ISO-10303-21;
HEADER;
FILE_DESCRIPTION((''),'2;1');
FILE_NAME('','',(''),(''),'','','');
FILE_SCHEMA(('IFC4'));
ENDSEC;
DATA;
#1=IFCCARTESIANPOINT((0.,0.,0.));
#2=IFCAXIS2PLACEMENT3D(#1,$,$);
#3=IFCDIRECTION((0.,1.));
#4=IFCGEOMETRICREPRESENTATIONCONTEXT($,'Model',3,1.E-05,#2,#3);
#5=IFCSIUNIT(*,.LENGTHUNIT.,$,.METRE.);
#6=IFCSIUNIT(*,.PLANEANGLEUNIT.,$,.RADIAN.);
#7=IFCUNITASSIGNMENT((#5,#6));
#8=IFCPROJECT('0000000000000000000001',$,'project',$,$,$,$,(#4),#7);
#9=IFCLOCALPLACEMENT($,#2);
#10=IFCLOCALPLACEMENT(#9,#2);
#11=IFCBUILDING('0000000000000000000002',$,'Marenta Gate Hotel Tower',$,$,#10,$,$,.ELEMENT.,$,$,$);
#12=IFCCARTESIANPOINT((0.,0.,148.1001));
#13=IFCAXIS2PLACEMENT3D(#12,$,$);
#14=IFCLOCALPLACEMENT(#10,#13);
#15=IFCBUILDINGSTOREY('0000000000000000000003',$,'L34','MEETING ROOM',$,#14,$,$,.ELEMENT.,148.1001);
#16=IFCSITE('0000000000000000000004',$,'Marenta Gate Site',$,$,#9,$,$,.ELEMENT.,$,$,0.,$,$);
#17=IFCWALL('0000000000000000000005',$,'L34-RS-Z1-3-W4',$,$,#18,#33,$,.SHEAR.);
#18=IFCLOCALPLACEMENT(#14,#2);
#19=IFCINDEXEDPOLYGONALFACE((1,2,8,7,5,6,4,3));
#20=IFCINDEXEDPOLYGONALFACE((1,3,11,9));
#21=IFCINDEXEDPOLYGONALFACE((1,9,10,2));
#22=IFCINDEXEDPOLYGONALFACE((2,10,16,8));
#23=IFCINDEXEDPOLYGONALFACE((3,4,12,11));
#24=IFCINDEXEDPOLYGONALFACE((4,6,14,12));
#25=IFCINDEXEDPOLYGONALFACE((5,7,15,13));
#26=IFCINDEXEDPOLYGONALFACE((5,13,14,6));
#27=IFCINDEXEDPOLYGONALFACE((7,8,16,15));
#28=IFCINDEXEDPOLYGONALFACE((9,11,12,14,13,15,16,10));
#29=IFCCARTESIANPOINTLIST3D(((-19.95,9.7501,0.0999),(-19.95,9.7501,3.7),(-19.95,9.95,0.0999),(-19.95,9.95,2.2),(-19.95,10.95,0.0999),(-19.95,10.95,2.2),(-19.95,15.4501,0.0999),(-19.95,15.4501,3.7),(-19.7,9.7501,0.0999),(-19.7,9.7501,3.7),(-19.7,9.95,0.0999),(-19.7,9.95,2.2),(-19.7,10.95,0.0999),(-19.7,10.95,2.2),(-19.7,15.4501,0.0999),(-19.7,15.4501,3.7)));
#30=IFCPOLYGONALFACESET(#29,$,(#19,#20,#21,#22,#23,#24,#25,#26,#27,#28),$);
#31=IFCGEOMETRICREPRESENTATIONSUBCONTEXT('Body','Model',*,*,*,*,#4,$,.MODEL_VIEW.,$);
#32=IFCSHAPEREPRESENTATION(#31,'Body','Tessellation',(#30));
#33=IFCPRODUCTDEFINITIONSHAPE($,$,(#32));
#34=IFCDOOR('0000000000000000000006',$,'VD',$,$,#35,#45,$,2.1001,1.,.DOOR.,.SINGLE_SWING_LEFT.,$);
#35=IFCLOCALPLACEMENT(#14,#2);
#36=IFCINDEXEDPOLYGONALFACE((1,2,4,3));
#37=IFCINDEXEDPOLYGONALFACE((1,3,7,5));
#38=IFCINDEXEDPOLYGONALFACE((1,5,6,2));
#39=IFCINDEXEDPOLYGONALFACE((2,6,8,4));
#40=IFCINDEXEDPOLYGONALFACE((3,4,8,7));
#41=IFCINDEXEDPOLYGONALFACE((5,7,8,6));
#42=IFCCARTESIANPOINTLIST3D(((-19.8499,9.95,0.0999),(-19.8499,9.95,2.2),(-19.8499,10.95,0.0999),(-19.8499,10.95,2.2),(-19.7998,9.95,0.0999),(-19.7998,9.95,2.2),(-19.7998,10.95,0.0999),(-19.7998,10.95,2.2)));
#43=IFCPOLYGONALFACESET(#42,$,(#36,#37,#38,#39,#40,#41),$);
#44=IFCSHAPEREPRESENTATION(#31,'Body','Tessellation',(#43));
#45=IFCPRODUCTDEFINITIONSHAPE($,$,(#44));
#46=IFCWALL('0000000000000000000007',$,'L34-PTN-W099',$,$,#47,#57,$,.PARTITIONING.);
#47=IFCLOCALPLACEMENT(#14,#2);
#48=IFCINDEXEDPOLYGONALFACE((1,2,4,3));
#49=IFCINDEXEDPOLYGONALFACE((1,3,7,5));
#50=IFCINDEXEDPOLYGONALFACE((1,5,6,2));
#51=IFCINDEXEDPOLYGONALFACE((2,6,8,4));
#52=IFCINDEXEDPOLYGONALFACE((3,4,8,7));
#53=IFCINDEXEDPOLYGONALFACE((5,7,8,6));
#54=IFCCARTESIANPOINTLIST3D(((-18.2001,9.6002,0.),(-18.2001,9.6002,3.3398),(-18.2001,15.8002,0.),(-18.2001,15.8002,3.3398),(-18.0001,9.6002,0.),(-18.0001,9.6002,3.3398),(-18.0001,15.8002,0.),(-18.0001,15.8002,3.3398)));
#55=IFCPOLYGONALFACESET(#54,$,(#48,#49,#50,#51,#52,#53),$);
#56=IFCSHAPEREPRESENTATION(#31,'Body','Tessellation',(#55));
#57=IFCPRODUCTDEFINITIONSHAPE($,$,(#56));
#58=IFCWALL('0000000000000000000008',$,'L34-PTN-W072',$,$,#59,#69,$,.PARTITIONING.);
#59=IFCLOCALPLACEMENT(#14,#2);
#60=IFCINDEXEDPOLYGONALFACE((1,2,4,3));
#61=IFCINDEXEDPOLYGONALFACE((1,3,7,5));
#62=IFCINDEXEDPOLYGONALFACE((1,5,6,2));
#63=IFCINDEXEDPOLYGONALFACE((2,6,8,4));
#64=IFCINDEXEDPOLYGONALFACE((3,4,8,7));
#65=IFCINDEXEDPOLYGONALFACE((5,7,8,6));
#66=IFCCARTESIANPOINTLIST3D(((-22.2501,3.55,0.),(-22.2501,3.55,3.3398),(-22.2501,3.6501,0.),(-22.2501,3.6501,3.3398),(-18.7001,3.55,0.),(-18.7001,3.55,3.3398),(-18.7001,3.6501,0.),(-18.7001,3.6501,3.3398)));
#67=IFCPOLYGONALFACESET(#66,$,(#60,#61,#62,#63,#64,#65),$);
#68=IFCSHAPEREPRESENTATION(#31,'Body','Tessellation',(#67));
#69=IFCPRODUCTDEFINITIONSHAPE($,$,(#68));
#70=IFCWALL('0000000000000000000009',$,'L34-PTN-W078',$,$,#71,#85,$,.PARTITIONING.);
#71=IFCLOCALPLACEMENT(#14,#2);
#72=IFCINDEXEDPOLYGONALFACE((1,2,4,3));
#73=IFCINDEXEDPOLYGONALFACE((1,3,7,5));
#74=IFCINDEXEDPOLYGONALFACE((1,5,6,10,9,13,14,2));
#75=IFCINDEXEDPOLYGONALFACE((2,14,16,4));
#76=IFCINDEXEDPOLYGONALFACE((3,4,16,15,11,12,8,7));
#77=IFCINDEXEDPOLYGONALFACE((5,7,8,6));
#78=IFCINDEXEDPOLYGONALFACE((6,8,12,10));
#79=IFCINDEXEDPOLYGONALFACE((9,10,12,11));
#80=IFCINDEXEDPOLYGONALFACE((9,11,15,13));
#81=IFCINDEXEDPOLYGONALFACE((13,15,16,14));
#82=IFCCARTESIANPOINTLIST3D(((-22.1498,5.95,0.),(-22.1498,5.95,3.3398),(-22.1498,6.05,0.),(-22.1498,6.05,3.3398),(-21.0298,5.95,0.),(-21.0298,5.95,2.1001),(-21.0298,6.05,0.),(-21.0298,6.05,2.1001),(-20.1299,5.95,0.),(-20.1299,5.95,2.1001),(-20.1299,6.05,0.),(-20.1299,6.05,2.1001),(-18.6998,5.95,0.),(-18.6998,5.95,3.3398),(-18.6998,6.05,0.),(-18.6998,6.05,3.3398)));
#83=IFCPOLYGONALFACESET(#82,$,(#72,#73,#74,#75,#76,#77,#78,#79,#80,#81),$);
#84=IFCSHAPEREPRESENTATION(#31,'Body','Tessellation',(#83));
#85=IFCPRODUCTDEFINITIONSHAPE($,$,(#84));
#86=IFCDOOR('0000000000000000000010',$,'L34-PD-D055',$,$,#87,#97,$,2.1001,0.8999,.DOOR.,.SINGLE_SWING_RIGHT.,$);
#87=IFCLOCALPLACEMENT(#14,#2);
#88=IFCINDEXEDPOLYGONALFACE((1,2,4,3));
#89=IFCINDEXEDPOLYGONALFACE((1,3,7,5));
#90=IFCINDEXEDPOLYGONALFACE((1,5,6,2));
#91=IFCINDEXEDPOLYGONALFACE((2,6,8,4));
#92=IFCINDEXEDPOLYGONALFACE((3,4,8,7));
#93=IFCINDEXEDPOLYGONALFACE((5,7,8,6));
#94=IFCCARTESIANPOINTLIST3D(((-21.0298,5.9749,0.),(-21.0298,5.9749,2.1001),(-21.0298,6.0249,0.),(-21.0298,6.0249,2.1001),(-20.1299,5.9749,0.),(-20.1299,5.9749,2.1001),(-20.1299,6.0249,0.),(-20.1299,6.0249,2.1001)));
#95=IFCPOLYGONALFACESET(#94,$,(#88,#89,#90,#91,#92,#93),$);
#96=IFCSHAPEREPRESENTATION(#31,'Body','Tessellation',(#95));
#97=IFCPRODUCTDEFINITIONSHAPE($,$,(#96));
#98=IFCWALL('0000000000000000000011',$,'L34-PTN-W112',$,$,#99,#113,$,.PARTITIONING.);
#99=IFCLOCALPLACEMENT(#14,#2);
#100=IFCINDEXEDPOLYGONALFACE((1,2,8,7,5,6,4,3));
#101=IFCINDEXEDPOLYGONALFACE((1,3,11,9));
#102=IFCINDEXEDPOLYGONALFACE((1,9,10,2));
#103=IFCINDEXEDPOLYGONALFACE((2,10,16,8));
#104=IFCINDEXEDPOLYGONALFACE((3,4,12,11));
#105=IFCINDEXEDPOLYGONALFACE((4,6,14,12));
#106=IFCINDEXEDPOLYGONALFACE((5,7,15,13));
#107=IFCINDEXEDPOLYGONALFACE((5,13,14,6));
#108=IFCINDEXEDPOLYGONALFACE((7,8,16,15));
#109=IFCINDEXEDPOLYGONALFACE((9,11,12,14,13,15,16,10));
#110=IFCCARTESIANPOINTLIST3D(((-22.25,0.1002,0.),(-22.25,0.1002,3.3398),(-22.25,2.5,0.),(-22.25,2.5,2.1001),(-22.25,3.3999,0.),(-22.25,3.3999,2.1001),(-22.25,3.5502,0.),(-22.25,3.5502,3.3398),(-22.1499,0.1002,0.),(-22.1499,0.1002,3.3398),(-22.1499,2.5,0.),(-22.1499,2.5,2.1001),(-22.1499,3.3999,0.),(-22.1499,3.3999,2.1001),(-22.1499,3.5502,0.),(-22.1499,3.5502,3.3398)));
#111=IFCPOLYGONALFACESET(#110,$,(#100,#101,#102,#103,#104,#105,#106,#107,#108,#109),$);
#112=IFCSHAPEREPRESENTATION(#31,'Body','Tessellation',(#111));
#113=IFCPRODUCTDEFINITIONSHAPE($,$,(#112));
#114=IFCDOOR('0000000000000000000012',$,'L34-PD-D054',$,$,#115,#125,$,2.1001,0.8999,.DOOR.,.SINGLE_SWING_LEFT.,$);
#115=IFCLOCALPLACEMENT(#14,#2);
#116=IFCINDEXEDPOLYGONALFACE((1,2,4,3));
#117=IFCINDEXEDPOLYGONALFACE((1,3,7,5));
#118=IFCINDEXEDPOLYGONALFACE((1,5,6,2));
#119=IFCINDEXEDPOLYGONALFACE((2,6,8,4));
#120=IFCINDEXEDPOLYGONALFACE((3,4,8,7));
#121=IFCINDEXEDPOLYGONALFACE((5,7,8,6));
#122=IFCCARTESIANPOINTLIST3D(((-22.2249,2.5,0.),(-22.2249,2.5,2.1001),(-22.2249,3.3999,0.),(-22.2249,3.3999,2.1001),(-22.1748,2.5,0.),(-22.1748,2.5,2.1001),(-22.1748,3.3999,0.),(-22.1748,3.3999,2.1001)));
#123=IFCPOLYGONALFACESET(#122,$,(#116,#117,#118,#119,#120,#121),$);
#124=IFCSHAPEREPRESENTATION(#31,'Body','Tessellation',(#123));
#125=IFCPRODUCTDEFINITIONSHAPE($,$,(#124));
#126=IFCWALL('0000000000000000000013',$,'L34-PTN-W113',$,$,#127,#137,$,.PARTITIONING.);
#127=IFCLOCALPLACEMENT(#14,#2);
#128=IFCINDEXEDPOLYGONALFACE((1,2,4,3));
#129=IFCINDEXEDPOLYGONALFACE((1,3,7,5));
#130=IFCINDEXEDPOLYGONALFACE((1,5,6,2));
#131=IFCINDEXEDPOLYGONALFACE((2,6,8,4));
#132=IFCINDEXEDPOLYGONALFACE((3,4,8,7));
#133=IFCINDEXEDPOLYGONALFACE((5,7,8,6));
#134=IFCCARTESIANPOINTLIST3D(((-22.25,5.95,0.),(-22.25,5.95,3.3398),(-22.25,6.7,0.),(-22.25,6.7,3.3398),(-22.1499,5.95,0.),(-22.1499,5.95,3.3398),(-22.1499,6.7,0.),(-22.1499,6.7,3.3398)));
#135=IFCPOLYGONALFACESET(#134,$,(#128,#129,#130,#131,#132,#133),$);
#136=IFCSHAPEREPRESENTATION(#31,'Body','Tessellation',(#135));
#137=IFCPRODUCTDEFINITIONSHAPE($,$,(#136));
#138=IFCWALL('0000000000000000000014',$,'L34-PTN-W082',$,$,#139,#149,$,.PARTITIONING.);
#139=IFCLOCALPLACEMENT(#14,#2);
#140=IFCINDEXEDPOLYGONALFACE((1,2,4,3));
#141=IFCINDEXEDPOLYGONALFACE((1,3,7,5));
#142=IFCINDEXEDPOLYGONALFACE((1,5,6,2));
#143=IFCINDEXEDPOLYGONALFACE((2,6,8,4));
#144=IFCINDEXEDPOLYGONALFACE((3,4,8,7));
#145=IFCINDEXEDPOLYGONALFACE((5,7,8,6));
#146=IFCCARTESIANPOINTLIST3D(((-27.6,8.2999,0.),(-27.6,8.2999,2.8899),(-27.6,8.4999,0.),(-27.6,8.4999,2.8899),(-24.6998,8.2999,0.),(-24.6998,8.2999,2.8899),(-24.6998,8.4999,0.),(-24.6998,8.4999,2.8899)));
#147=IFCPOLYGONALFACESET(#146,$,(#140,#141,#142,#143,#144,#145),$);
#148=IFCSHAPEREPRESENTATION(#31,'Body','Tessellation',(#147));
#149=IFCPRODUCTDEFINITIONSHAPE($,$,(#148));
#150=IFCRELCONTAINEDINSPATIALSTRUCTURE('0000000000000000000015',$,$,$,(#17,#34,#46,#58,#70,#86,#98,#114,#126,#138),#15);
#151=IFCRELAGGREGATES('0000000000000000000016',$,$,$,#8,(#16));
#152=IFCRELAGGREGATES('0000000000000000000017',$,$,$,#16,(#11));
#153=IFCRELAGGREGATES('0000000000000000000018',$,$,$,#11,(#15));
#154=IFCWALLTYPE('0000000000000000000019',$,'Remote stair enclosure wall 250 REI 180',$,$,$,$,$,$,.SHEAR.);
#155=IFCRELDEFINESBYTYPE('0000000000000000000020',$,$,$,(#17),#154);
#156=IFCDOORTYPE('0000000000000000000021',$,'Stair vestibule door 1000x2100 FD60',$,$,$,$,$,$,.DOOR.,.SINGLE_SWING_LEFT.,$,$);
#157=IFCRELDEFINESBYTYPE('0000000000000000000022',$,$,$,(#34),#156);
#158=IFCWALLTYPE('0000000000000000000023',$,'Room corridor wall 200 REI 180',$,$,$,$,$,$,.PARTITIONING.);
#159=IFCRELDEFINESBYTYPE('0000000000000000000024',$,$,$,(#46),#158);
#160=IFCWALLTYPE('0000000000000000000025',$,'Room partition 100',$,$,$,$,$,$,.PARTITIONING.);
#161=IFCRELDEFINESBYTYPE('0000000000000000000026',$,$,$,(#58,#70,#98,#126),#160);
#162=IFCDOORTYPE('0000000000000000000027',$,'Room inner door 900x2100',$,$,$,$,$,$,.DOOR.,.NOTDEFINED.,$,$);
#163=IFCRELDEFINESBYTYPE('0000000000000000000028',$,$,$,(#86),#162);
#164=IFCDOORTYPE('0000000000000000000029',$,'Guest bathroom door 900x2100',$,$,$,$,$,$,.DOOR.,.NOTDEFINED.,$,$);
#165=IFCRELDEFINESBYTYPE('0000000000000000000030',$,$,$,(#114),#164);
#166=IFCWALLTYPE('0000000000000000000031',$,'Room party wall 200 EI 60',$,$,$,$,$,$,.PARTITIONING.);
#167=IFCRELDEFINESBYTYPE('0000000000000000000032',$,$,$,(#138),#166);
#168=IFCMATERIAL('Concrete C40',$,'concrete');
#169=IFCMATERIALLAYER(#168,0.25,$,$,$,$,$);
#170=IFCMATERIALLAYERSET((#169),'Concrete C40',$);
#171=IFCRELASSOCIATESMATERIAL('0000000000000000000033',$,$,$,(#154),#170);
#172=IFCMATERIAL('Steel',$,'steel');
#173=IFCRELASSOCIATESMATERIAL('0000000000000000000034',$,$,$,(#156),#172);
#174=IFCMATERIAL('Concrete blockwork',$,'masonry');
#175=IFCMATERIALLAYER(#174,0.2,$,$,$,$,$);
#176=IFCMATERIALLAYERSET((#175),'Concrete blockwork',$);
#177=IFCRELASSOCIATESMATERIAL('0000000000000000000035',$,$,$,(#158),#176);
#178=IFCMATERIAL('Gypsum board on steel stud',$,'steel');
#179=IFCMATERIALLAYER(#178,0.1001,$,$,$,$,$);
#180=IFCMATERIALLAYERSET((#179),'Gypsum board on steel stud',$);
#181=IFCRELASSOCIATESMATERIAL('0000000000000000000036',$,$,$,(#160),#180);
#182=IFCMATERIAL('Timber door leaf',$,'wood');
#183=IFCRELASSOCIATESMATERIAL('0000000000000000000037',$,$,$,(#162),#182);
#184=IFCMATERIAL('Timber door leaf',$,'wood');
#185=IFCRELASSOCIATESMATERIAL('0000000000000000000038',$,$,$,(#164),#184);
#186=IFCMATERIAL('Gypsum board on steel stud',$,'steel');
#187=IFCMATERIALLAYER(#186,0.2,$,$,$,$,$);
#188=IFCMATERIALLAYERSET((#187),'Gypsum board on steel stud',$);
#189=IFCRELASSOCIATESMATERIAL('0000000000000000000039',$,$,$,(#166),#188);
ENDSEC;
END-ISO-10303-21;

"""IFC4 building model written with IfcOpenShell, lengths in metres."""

from ifc_helpers import new_model, si_unit, direction, frame, frame_2d, origin, place, context, subcontext, project, spatial, rectangle, extrude, material, layer, layer_set, type_object, element, fill, save


model = new_model("IFC4")

# Units and contexts
model_context = context("Model", 3, precision=1e-05, world=origin(), true_north=direction((0.0, 1.0)))
body_context = subcontext(model_context, "Body", "Model", "MODEL_VIEW")
ifc_project = project(units=[si_unit("LENGTHUNIT", "METRE"), si_unit("PLANEANGLEUNIT", "RADIAN")], contexts=[model_context])

# Site, building, storey
site_placement = place(None, origin())
site = spatial("IfcSite", under=ifc_project, at=site_placement, Name="Marenta Gate Site", CompositionType="ELEMENT", RefElevation=0.0)
building_placement = place(site_placement, origin())
building = spatial("IfcBuilding", under=site, at=building_placement, Name="Marenta Gate Hotel Tower", CompositionType="ELEMENT")
storey_placement = place(building_placement, frame((0.0, 0.0, 148.1001)))
storey = spatial("IfcBuildingStorey", under=building, at=storey_placement, Name="L34", Description="MEETING ROOM", CompositionType="ELEMENT", Elevation=148.1001)

# Shared definitions
ifc_material_1 = material(Name="Concrete C40", Category="concrete")
ifc_layer_1 = layer(ifc_material_1, 0.25)
ifc_layer_set_1 = layer_set([ifc_layer_1], Name="Concrete C40")
wall_type_1 = type_object("IfcWallType", Name="Remote stair enclosure wall 250 REI 180", PredefinedType="SHEAR", material=ifc_layer_set_1)

# Wall, opening, door
wall_1_placement = place(storey_placement, frame((-19.825, 9.75, 0.0999), z_axis=(0.0, 0.0, 1.0), x_axis=(0.0, 1.0, 0.0)))
wall_1 = element("IfcWall", 1, at=wall_1_placement, inside=storey, type_object=wall_type_1, Name="L34-RS-Z1-3-W4", PredefinedType="SHEAR", context=body_context, shape_type="SweptSolid", body=[
    extrude(rectangle(XDim=5.7, YDim=0.25, at=frame_2d((2.8501, 0.0))), origin(), (0.0, 0.0, 1.0), 3.6001),
])
opening_1_placement = place(wall_1_placement, frame((0.2, 0.0, 0.0)))
opening_1 = element("IfcOpeningElement", 2, at=opening_1_placement, cuts=wall_1, PredefinedType="OPENING", context=body_context, shape_type="SweptSolid", body=[
    extrude(rectangle(XDim=1.0, YDim=2.1001, at=frame_2d((0.5, 1.05))), frame((0.0, 0.125, 0.0), z_axis=(0.0, -1.0, 0.0), x_axis=(1.0, 0.0, 0.0)), (0.0, 0.0, 1.0), 0.25),
])
ifc_material_2 = material(Name="Steel", Category="steel")
door_type_1 = type_object("IfcDoorType", Name="Stair vestibule door 1000x2100 FD60", OperationType="SINGLE_SWING_LEFT", PredefinedType="DOOR", material=ifc_material_2)
door_1_placement = place(opening_1_placement, origin())
door_1 = element("IfcDoor", 3, at=door_1_placement, inside=storey, type_object=door_type_1, Name="VD", OperationType="SINGLE_SWING_LEFT", OverallHeight=2.1001, OverallWidth=1.0, PredefinedType="DOOR", context=body_context, shape_type="SweptSolid", body=[
    extrude(rectangle(XDim=1.0, YDim=2.1001, at=frame_2d((0.5, 1.05))), frame((0.0, 0.0249, 0.0), z_axis=(0.0, -1.0, 0.0), x_axis=(1.0, 0.0, 0.0)), (0.0, 0.0, 1.0), 0.05),
])
fill(opening_1, door_1)
ifc_material_3 = material(Name="Concrete blockwork", Category="masonry")
ifc_layer_2 = layer(ifc_material_3, 0.2)
ifc_layer_set_2 = layer_set([ifc_layer_2], Name="Concrete blockwork")
wall_type_2 = type_object("IfcWallType", Name="Room corridor wall 200 REI 180", PredefinedType="PARTITIONING", material=ifc_layer_set_2)

# Walls
wall_2_placement = place(storey_placement, frame((-18.1001, 9.6001, 0.0), z_axis=(0.0, 0.0, 1.0), x_axis=(0.0, 1.0, 0.0)))
element("IfcWall", 4, at=wall_2_placement, inside=storey, type_object=wall_type_2, Name="L34-PTN-W099", PredefinedType="PARTITIONING", context=body_context, shape_type="SweptSolid", body=[
    extrude(rectangle(XDim=6.2, YDim=0.2, at=frame_2d((3.1001, 0.0))), origin(), (0.0, 0.0, 1.0), 3.3398),
])
ifc_material_4 = material(Name="Gypsum board on steel stud", Category="steel")
ifc_layer_3 = layer(ifc_material_4, 0.1001)
ifc_layer_set_3 = layer_set([ifc_layer_3], Name="Gypsum board on steel stud")
wall_type_3 = type_object("IfcWallType", Name="Room partition 100", PredefinedType="PARTITIONING", material=ifc_layer_set_3)
wall_3_placement = place(storey_placement, frame((-22.25, 3.6001, 0.0), z_axis=(0.0, 0.0, 1.0), x_axis=(1.0, 0.0, 0.0)))
element("IfcWall", 5, at=wall_3_placement, inside=storey, type_object=wall_type_3, Name="L34-PTN-W072", PredefinedType="PARTITIONING", context=body_context, shape_type="SweptSolid", body=[
    extrude(rectangle(XDim=3.55, YDim=0.1001, at=frame_2d((1.7749, 0.0))), origin(), (0.0, 0.0, 1.0), 3.3398),
])

# Walls, openings, doors
wall_4_placement = place(storey_placement, frame((-22.1499, 6.0, 0.0), z_axis=(0.0, 0.0, 1.0), x_axis=(1.0, 0.0, 0.0)))
wall_4 = element("IfcWall", 6, at=wall_4_placement, inside=storey, type_object=wall_type_3, Name="L34-PTN-W078", PredefinedType="PARTITIONING", context=body_context, shape_type="SweptSolid", body=[
    extrude(rectangle(XDim=3.45, YDim=0.1001, at=frame_2d((1.7251, 0.0))), origin(), (0.0, 0.0, 1.0), 3.3398),
])
opening_2_placement = place(wall_4_placement, frame((1.1201, 0.0, 0.0)))
opening_2 = element("IfcOpeningElement", 7, at=opening_2_placement, cuts=wall_4, PredefinedType="OPENING", context=body_context, shape_type="SweptSolid", body=[
    extrude(rectangle(XDim=0.8999, YDim=2.1001, at=frame_2d((0.45, 1.05))), frame((0.0, 0.05, 0.0), z_axis=(0.0, -1.0, 0.0), x_axis=(1.0, 0.0, 0.0)), (0.0, 0.0, 1.0), 0.1001),
])
ifc_material_5 = material(Name="Timber door leaf", Category="wood")
door_type_2 = type_object("IfcDoorType", Name="Room inner door 900x2100", OperationType="NOTDEFINED", PredefinedType="DOOR", material=ifc_material_5)
door_2_placement = place(opening_2_placement, origin())
door_2 = element("IfcDoor", 8, at=door_2_placement, inside=storey, type_object=door_type_2, Name="L34-PD-D055", OperationType="SINGLE_SWING_RIGHT", OverallHeight=2.1001, OverallWidth=0.8999, PredefinedType="DOOR", context=body_context, shape_type="SweptSolid", body=[
    extrude(rectangle(XDim=0.8999, YDim=2.1001, at=frame_2d((0.45, 1.05))), frame((0.0, 0.0249, 0.0), z_axis=(0.0, -1.0, 0.0), x_axis=(1.0, 0.0, 0.0)), (0.0, 0.0, 1.0), 0.05),
])
fill(opening_2, door_2)
wall_5_placement = place(storey_placement, frame((-22.2, 0.1001, 0.0), z_axis=(0.0, 0.0, 1.0), x_axis=(0.0, 1.0, 0.0)))
wall_5 = element("IfcWall", 9, at=wall_5_placement, inside=storey, type_object=wall_type_3, Name="L34-PTN-W112", PredefinedType="PARTITIONING", context=body_context, shape_type="SweptSolid", body=[
    extrude(rectangle(XDim=3.45, YDim=0.1001, at=frame_2d((1.7251, 0.0))), origin(), (0.0, 0.0, 1.0), 3.3398),
])
opening_3_placement = place(wall_5_placement, frame((2.3999, 0.0, 0.0)))
opening_3 = element("IfcOpeningElement", 10, at=opening_3_placement, cuts=wall_5, PredefinedType="OPENING", context=body_context, shape_type="SweptSolid", body=[
    extrude(rectangle(XDim=0.8999, YDim=2.1001, at=frame_2d((0.45, 1.05))), frame((0.0, 0.05, 0.0), z_axis=(0.0, -1.0, 0.0), x_axis=(1.0, 0.0, 0.0)), (0.0, 0.0, 1.0), 0.1001),
])
ifc_material_6 = material(Name="Timber door leaf", Category="wood")
door_type_3 = type_object("IfcDoorType", Name="Guest bathroom door 900x2100", OperationType="NOTDEFINED", PredefinedType="DOOR", material=ifc_material_6)
door_3_placement = place(opening_3_placement, origin())
door_3 = element("IfcDoor", 11, at=door_3_placement, inside=storey, type_object=door_type_3, Name="L34-PD-D054", OperationType="SINGLE_SWING_LEFT", OverallHeight=2.1001, OverallWidth=0.8999, PredefinedType="DOOR", context=body_context, shape_type="SweptSolid", body=[
    extrude(rectangle(XDim=0.8999, YDim=2.1001, at=frame_2d((0.45, 1.05))), frame((0.0, 0.0249, 0.0), z_axis=(0.0, -1.0, 0.0), x_axis=(1.0, 0.0, 0.0)), (0.0, 0.0, 1.0), 0.05),
])
fill(opening_3, door_3)

# Walls
wall_6_placement = place(storey_placement, frame((-22.2, 5.95, 0.0), z_axis=(0.0, 0.0, 1.0), x_axis=(0.0, 1.0, 0.0)))
element("IfcWall", 12, at=wall_6_placement, inside=storey, type_object=wall_type_3, Name="L34-PTN-W113", PredefinedType="PARTITIONING", context=body_context, shape_type="SweptSolid", body=[
    extrude(rectangle(XDim=0.75, YDim=0.1001, at=frame_2d((0.375, 0.0))), origin(), (0.0, 0.0, 1.0), 3.3398),
])
ifc_material_7 = material(Name="Gypsum board on steel stud", Category="steel")
ifc_layer_4 = layer(ifc_material_7, 0.2)
ifc_layer_set_4 = layer_set([ifc_layer_4], Name="Gypsum board on steel stud")
wall_type_4 = type_object("IfcWallType", Name="Room party wall 200 EI 60", PredefinedType="PARTITIONING", material=ifc_layer_set_4)
wall_7_placement = place(storey_placement, frame((-27.6001, 8.3999, 0.0), z_axis=(0.0, 0.0, 1.0), x_axis=(1.0, 0.0, 0.0)))
element("IfcWall", 13, at=wall_7_placement, inside=storey, type_object=wall_type_4, Name="L34-PTN-W082", PredefinedType="PARTITIONING", context=body_context, shape_type="SweptSolid", body=[
    extrude(rectangle(XDim=2.9001, YDim=0.2, at=frame_2d((1.4502, 0.0))), origin(), (0.0, 0.0, 1.0), 2.8899),
])

save(model, "model.ifc")
